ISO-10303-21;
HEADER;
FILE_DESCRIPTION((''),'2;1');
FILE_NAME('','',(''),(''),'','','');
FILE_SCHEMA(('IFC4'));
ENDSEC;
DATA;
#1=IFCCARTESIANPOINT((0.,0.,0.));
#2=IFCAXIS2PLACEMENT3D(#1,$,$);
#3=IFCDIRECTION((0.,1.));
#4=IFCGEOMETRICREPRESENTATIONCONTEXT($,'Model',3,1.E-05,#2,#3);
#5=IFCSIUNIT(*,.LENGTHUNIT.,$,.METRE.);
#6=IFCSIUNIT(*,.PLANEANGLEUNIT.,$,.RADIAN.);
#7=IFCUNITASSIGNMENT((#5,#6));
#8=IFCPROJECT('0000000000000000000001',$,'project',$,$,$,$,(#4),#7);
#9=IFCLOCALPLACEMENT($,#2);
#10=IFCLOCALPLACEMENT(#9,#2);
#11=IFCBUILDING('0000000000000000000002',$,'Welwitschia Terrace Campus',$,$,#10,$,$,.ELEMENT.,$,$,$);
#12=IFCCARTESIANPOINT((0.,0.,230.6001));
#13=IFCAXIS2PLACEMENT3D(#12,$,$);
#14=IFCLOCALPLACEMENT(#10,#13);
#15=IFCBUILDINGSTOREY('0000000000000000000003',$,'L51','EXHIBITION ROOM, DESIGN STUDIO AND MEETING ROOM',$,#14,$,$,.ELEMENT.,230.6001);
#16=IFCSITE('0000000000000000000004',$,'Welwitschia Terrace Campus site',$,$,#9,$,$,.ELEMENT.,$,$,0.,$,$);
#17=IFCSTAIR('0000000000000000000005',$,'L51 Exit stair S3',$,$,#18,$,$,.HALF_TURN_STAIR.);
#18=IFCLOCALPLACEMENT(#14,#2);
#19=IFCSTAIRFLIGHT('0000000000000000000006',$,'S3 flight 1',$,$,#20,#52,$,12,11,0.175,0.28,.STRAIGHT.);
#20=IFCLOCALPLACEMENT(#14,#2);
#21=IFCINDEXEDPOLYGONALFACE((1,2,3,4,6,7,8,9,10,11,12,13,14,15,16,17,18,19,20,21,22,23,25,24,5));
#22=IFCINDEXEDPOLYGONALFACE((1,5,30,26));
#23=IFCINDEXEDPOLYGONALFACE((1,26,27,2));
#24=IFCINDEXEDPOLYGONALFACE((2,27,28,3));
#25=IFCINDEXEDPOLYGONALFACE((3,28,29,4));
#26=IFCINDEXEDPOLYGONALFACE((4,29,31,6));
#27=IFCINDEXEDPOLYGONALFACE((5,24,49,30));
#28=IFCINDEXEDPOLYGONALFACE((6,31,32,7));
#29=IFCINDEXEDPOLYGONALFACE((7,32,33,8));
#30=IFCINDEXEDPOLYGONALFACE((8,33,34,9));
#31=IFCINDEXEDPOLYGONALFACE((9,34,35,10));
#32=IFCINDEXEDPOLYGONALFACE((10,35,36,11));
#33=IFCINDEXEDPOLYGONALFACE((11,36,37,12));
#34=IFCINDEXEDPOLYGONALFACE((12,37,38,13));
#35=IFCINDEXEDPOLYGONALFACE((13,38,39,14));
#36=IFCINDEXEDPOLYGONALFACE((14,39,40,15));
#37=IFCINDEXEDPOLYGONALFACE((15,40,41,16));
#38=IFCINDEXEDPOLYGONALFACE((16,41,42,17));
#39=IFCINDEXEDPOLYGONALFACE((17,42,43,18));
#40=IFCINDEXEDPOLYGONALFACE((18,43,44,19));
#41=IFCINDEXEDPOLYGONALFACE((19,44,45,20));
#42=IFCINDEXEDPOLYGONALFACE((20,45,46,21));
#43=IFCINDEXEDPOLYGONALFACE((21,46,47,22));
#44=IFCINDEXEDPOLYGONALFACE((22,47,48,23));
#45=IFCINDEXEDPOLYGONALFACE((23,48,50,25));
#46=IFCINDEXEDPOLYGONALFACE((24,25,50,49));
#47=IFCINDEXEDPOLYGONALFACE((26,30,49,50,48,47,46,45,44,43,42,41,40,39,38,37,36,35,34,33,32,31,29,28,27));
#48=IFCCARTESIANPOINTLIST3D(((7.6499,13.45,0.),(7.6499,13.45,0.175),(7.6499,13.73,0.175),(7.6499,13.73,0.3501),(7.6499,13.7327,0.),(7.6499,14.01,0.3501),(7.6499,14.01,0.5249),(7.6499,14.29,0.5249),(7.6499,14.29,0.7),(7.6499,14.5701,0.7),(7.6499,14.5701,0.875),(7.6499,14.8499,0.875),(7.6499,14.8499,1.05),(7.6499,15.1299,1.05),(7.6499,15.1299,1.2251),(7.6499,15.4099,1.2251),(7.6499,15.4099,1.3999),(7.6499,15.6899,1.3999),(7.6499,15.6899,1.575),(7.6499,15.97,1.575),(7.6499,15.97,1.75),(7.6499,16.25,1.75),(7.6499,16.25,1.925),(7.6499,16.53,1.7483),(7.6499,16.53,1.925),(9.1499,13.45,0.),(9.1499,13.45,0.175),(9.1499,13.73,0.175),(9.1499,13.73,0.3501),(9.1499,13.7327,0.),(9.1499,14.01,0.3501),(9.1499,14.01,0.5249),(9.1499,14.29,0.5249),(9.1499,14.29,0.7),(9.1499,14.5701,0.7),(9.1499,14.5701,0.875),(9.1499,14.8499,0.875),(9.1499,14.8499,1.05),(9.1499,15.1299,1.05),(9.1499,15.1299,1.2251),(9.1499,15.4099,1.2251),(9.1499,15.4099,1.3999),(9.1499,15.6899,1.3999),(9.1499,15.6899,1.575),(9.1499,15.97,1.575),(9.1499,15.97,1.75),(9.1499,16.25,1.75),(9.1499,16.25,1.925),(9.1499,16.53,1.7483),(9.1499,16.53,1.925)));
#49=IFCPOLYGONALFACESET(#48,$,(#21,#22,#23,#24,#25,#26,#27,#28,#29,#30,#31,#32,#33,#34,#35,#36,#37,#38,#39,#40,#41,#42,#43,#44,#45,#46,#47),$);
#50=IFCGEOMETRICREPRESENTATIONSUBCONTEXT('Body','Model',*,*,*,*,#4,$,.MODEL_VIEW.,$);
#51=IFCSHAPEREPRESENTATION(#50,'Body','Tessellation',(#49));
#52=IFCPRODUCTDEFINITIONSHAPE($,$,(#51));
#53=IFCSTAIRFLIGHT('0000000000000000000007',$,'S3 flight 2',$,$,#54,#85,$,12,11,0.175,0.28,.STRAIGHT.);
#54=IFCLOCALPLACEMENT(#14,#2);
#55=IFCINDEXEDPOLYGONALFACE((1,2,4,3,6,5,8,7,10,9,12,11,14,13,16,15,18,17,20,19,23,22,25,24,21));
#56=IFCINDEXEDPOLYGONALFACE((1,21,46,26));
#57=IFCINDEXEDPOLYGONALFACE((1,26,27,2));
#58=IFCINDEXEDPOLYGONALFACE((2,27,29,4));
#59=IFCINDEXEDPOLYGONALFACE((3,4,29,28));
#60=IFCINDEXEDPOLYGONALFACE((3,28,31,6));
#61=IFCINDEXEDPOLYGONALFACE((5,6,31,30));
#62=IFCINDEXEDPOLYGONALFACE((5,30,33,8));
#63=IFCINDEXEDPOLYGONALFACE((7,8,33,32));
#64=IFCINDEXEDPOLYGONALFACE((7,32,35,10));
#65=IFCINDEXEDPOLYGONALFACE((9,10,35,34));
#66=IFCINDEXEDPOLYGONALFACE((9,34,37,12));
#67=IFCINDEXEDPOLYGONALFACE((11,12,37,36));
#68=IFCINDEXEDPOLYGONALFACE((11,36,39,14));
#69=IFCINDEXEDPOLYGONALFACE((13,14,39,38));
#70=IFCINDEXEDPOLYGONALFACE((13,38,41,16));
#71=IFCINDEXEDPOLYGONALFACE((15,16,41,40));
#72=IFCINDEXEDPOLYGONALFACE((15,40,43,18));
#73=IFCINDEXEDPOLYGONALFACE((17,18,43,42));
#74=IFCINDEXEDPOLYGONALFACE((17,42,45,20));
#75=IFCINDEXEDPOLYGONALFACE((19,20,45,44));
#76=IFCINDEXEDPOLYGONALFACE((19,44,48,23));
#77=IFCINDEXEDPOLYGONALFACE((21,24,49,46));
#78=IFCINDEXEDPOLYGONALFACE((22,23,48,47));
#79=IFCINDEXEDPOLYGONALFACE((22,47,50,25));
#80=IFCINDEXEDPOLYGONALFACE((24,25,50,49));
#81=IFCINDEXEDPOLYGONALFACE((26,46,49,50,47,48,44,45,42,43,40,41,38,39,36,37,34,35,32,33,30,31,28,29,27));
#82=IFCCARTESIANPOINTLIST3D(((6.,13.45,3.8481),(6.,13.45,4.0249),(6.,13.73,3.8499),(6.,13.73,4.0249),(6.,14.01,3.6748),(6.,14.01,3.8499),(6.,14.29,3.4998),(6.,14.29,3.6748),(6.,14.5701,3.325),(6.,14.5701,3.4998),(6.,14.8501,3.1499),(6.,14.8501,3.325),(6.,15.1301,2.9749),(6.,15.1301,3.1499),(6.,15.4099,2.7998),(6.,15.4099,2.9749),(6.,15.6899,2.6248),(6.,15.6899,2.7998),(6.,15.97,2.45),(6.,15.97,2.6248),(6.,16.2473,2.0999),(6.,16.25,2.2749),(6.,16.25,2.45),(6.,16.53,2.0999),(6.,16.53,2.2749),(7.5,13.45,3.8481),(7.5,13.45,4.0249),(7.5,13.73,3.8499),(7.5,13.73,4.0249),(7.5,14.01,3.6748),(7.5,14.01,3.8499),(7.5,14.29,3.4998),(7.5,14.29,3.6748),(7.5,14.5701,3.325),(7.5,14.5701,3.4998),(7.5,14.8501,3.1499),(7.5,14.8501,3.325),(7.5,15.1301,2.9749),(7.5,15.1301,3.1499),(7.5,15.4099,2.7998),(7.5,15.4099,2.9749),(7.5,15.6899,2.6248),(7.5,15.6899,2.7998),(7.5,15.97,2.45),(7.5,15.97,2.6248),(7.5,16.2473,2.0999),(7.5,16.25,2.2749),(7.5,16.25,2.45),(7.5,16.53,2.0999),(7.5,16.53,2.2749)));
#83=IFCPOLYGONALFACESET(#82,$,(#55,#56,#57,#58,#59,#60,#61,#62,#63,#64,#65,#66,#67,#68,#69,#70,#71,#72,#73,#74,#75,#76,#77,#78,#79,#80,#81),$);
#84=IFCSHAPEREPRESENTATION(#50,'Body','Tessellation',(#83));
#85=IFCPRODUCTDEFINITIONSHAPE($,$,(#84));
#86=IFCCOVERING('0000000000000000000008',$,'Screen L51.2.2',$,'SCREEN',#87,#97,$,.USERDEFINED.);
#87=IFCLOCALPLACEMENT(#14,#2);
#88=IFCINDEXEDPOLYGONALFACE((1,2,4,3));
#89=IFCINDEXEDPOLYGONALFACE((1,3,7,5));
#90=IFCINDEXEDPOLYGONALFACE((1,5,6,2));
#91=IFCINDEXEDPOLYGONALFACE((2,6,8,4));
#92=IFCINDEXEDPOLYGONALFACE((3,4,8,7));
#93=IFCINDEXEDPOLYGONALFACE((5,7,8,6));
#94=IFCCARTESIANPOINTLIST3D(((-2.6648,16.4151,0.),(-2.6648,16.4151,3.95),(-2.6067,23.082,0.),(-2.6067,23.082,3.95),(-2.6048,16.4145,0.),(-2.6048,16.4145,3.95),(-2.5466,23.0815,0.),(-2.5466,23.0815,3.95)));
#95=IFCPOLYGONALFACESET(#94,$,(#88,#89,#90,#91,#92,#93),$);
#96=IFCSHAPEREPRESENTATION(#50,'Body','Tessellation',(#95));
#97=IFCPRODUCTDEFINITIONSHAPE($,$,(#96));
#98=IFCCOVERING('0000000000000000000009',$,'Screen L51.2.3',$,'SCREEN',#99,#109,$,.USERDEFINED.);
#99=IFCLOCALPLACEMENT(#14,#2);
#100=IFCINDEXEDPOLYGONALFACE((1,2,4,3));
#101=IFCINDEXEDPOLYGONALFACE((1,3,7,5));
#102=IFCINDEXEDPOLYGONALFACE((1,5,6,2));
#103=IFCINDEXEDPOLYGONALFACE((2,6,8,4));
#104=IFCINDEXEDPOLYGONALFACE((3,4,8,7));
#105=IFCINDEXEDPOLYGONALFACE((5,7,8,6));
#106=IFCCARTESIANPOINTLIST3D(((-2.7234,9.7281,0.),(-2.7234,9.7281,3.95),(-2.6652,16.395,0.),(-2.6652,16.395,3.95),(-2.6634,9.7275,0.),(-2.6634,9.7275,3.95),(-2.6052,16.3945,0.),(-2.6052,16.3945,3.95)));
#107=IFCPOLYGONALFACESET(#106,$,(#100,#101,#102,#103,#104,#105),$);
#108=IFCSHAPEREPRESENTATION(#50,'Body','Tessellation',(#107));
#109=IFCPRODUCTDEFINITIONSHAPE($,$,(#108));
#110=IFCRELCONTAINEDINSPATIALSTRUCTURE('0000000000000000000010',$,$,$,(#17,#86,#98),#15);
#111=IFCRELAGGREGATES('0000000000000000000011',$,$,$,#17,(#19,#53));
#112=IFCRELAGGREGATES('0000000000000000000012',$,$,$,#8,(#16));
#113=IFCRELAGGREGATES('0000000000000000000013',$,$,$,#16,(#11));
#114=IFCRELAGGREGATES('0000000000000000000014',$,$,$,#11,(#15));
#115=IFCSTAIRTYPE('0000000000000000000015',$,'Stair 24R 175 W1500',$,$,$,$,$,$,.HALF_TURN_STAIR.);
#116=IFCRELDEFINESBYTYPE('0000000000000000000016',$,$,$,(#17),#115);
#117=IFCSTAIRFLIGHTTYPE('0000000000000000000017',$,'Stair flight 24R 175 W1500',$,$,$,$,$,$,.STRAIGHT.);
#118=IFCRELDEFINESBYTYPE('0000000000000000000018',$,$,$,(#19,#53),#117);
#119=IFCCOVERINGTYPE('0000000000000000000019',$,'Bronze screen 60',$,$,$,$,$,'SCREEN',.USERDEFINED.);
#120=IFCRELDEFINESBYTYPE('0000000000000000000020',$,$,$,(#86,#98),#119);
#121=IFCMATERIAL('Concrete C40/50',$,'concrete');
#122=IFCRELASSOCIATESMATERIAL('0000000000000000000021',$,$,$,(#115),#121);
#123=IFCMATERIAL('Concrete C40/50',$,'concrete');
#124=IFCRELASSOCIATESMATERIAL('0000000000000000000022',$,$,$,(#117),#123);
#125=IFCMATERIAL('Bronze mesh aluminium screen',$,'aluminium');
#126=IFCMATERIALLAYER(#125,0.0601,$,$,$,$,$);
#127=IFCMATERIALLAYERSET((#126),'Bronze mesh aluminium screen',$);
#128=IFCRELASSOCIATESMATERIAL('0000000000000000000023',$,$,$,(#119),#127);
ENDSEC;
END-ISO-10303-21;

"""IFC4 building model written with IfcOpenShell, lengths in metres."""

from ifc_helpers import new_model, si_unit, direction, frame, origin, origin_2d, place, context, subcontext, project, spatial, polyline, rectangle, outline, extrude, material, layer, layer_set, type_object, element, aggregate, save


model = new_model("IFC4")

# Units and contexts
model_context = context("Model", 3, precision=1e-05, world=origin(), true_north=direction((0.0, 1.0)))
body_context = subcontext(model_context, "Body", "Model", "MODEL_VIEW")
ifc_project = project(units=[si_unit("LENGTHUNIT", "METRE"), si_unit("PLANEANGLEUNIT", "RADIAN")], contexts=[model_context])

# Site, building, storey
site_placement = place(None, origin())
site = spatial("IfcSite", under=ifc_project, at=site_placement, Name="Welwitschia Terrace Campus site", CompositionType="ELEMENT", RefElevation=0.0)
building_placement = place(site_placement, origin())
building = spatial("IfcBuilding", under=site, at=building_placement, Name="Welwitschia Terrace Campus", CompositionType="ELEMENT")
storey_placement = place(building_placement, frame((0.0, 0.0, 230.6001)))
storey = spatial("IfcBuildingStorey", under=building, at=storey_placement, Name="L51", Description="EXHIBITION ROOM, DESIGN STUDIO AND MEETING ROOM", CompositionType="ELEMENT", Elevation=230.6001)

# Stair, stair flights
ifc_material_1 = material(Name="Concrete C40/50", Category="concrete")
stair_type = type_object("IfcStairType", Name="Stair 24R 175 W1500", PredefinedType="HALF_TURN_STAIR", material=ifc_material_1)
stair_placement = place(storey_placement, origin())
stair = element("IfcStair", 1, at=stair_placement, inside=storey, type_object=stair_type, Name="L51 Exit stair S3", PredefinedType="HALF_TURN_STAIR")
ifc_material_2 = material(Name="Concrete C40/50", Category="concrete")
stair_flight_type = type_object("IfcStairFlightType", Name="Stair flight 24R 175 W1500", PredefinedType="STRAIGHT", material=ifc_material_2)
stair_flight_1_placement = place(storey_placement, frame((8.3999, 13.45, 0.0), z_axis=(0.0, 0.0, 1.0), x_axis=(0.0, 1.0, 0.0)))
stair_flight_1 = element("IfcStairFlight", 2, at=stair_flight_1_placement, type_object=stair_flight_type, Name="S3 flight 1", NumberOfRisers=12, NumberOfTreads=11, PredefinedType="STRAIGHT", RiserHeight=0.175, TreadLength=0.28, context=body_context, shape_type="SweptSolid", body=[
    extrude(outline(polyline([(0.0, 0.0), (0.0, 0.175), (0.28, 0.175), (0.28, 0.3501), (0.5601, 0.3501), (0.5601, 0.5249), (0.8401, 0.5249), (0.8401, 0.7), (1.1201, 0.7), (1.1201, 0.875), (1.3999, 0.875), (1.3999, 1.05), (1.6799, 1.05), (1.6799, 1.2251), (1.96, 1.2251), (1.96, 1.3999), (2.24, 1.3999), (2.24, 1.575), (2.52, 1.575), (2.52, 1.75), (2.8, 1.75), (2.8, 1.925), (3.0801, 1.925), (3.0801, 2.1001), (3.0801, 1.7483), (0.2827, 0.0), (0.0, 0.0)])), frame((0.0, 0.75, 0.0), z_axis=(0.0, -1.0, 0.0), x_axis=(1.0, 0.0, 0.0)), (0.0, 0.0, 1.0), 1.5),
])
stair_flight_2_placement = place(storey_placement, frame((6.75, 16.53, 2.0999), z_axis=(0.0, 0.0, 1.0), x_axis=(0.0, -1.0, 0.0)))
stair_flight_2 = element("IfcStairFlight", 3, at=stair_flight_2_placement, type_object=stair_flight_type, Name="S3 flight 2", NumberOfRisers=12, NumberOfTreads=11, PredefinedType="STRAIGHT", RiserHeight=0.175, TreadLength=0.28, context=body_context, shape_type="SweptSolid", body=[
    extrude(outline(polyline([(0.0, 0.0), (0.0, 0.175), (0.28, 0.175), (0.28, 0.3501), (0.5601, 0.3501), (0.5601, 0.5249), (0.8401, 0.5249), (0.8401, 0.7), (1.1201, 0.7), (1.1201, 0.875), (1.3999, 0.875), (1.3999, 1.05), (1.6799, 1.05), (1.6799, 1.2251), (1.96, 1.2251), (1.96, 1.3999), (2.24, 1.3999), (2.24, 1.575), (2.52, 1.575), (2.52, 1.75), (2.8, 1.75), (2.8, 1.925), (3.0801, 1.925), (3.0801, 2.1001), (3.0801, 1.7483), (0.2827, 0.0), (0.0, 0.0)])), frame((0.0, 0.75, 0.0), z_axis=(0.0, -1.0, 0.0), x_axis=(1.0, 0.0, 0.0)), (0.0, 0.0, 1.0), 1.5),
])
aggregate(stair, [stair_flight_1, stair_flight_2])

# Coverings
ifc_material_3 = material(Name="Bronze mesh aluminium screen", Category="aluminium")
ifc_layer_1 = layer(ifc_material_3, 0.0601)
ifc_layer_set_1 = layer_set([ifc_layer_1], Name="Bronze mesh aluminium screen")
covering_type = type_object("IfcCoveringType", Name="Bronze screen 60", ElementType="SCREEN", PredefinedType="USERDEFINED", material=ifc_layer_set_1)
for number, where, z_axis, x_axis, name in (
    (4, (-2.6057, 19.7483, 0.0), (0.0, 0.0, 1.0), (-0.008727, -0.999962, 0.0), "Screen L51.2.2"),
    (5, (-2.6643, 13.0613, 0.0), (0.0, 0.0, 1.0), (-0.008727, -0.999962, 0.0), "Screen L51.2.3"),
):
    element("IfcCovering", number, at=place(storey_placement, frame(where, z_axis=z_axis, x_axis=x_axis)), inside=storey, type_object=covering_type, Name=name, ObjectType="SCREEN", PredefinedType="USERDEFINED", context=body_context, shape_type="SweptSolid", body=[
        extrude(rectangle(XDim=6.6672, YDim=0.0601, at=origin_2d()), origin(), (0.0, 0.0, 1.0), 3.95),
    ])

save(model, "model.ifc")
